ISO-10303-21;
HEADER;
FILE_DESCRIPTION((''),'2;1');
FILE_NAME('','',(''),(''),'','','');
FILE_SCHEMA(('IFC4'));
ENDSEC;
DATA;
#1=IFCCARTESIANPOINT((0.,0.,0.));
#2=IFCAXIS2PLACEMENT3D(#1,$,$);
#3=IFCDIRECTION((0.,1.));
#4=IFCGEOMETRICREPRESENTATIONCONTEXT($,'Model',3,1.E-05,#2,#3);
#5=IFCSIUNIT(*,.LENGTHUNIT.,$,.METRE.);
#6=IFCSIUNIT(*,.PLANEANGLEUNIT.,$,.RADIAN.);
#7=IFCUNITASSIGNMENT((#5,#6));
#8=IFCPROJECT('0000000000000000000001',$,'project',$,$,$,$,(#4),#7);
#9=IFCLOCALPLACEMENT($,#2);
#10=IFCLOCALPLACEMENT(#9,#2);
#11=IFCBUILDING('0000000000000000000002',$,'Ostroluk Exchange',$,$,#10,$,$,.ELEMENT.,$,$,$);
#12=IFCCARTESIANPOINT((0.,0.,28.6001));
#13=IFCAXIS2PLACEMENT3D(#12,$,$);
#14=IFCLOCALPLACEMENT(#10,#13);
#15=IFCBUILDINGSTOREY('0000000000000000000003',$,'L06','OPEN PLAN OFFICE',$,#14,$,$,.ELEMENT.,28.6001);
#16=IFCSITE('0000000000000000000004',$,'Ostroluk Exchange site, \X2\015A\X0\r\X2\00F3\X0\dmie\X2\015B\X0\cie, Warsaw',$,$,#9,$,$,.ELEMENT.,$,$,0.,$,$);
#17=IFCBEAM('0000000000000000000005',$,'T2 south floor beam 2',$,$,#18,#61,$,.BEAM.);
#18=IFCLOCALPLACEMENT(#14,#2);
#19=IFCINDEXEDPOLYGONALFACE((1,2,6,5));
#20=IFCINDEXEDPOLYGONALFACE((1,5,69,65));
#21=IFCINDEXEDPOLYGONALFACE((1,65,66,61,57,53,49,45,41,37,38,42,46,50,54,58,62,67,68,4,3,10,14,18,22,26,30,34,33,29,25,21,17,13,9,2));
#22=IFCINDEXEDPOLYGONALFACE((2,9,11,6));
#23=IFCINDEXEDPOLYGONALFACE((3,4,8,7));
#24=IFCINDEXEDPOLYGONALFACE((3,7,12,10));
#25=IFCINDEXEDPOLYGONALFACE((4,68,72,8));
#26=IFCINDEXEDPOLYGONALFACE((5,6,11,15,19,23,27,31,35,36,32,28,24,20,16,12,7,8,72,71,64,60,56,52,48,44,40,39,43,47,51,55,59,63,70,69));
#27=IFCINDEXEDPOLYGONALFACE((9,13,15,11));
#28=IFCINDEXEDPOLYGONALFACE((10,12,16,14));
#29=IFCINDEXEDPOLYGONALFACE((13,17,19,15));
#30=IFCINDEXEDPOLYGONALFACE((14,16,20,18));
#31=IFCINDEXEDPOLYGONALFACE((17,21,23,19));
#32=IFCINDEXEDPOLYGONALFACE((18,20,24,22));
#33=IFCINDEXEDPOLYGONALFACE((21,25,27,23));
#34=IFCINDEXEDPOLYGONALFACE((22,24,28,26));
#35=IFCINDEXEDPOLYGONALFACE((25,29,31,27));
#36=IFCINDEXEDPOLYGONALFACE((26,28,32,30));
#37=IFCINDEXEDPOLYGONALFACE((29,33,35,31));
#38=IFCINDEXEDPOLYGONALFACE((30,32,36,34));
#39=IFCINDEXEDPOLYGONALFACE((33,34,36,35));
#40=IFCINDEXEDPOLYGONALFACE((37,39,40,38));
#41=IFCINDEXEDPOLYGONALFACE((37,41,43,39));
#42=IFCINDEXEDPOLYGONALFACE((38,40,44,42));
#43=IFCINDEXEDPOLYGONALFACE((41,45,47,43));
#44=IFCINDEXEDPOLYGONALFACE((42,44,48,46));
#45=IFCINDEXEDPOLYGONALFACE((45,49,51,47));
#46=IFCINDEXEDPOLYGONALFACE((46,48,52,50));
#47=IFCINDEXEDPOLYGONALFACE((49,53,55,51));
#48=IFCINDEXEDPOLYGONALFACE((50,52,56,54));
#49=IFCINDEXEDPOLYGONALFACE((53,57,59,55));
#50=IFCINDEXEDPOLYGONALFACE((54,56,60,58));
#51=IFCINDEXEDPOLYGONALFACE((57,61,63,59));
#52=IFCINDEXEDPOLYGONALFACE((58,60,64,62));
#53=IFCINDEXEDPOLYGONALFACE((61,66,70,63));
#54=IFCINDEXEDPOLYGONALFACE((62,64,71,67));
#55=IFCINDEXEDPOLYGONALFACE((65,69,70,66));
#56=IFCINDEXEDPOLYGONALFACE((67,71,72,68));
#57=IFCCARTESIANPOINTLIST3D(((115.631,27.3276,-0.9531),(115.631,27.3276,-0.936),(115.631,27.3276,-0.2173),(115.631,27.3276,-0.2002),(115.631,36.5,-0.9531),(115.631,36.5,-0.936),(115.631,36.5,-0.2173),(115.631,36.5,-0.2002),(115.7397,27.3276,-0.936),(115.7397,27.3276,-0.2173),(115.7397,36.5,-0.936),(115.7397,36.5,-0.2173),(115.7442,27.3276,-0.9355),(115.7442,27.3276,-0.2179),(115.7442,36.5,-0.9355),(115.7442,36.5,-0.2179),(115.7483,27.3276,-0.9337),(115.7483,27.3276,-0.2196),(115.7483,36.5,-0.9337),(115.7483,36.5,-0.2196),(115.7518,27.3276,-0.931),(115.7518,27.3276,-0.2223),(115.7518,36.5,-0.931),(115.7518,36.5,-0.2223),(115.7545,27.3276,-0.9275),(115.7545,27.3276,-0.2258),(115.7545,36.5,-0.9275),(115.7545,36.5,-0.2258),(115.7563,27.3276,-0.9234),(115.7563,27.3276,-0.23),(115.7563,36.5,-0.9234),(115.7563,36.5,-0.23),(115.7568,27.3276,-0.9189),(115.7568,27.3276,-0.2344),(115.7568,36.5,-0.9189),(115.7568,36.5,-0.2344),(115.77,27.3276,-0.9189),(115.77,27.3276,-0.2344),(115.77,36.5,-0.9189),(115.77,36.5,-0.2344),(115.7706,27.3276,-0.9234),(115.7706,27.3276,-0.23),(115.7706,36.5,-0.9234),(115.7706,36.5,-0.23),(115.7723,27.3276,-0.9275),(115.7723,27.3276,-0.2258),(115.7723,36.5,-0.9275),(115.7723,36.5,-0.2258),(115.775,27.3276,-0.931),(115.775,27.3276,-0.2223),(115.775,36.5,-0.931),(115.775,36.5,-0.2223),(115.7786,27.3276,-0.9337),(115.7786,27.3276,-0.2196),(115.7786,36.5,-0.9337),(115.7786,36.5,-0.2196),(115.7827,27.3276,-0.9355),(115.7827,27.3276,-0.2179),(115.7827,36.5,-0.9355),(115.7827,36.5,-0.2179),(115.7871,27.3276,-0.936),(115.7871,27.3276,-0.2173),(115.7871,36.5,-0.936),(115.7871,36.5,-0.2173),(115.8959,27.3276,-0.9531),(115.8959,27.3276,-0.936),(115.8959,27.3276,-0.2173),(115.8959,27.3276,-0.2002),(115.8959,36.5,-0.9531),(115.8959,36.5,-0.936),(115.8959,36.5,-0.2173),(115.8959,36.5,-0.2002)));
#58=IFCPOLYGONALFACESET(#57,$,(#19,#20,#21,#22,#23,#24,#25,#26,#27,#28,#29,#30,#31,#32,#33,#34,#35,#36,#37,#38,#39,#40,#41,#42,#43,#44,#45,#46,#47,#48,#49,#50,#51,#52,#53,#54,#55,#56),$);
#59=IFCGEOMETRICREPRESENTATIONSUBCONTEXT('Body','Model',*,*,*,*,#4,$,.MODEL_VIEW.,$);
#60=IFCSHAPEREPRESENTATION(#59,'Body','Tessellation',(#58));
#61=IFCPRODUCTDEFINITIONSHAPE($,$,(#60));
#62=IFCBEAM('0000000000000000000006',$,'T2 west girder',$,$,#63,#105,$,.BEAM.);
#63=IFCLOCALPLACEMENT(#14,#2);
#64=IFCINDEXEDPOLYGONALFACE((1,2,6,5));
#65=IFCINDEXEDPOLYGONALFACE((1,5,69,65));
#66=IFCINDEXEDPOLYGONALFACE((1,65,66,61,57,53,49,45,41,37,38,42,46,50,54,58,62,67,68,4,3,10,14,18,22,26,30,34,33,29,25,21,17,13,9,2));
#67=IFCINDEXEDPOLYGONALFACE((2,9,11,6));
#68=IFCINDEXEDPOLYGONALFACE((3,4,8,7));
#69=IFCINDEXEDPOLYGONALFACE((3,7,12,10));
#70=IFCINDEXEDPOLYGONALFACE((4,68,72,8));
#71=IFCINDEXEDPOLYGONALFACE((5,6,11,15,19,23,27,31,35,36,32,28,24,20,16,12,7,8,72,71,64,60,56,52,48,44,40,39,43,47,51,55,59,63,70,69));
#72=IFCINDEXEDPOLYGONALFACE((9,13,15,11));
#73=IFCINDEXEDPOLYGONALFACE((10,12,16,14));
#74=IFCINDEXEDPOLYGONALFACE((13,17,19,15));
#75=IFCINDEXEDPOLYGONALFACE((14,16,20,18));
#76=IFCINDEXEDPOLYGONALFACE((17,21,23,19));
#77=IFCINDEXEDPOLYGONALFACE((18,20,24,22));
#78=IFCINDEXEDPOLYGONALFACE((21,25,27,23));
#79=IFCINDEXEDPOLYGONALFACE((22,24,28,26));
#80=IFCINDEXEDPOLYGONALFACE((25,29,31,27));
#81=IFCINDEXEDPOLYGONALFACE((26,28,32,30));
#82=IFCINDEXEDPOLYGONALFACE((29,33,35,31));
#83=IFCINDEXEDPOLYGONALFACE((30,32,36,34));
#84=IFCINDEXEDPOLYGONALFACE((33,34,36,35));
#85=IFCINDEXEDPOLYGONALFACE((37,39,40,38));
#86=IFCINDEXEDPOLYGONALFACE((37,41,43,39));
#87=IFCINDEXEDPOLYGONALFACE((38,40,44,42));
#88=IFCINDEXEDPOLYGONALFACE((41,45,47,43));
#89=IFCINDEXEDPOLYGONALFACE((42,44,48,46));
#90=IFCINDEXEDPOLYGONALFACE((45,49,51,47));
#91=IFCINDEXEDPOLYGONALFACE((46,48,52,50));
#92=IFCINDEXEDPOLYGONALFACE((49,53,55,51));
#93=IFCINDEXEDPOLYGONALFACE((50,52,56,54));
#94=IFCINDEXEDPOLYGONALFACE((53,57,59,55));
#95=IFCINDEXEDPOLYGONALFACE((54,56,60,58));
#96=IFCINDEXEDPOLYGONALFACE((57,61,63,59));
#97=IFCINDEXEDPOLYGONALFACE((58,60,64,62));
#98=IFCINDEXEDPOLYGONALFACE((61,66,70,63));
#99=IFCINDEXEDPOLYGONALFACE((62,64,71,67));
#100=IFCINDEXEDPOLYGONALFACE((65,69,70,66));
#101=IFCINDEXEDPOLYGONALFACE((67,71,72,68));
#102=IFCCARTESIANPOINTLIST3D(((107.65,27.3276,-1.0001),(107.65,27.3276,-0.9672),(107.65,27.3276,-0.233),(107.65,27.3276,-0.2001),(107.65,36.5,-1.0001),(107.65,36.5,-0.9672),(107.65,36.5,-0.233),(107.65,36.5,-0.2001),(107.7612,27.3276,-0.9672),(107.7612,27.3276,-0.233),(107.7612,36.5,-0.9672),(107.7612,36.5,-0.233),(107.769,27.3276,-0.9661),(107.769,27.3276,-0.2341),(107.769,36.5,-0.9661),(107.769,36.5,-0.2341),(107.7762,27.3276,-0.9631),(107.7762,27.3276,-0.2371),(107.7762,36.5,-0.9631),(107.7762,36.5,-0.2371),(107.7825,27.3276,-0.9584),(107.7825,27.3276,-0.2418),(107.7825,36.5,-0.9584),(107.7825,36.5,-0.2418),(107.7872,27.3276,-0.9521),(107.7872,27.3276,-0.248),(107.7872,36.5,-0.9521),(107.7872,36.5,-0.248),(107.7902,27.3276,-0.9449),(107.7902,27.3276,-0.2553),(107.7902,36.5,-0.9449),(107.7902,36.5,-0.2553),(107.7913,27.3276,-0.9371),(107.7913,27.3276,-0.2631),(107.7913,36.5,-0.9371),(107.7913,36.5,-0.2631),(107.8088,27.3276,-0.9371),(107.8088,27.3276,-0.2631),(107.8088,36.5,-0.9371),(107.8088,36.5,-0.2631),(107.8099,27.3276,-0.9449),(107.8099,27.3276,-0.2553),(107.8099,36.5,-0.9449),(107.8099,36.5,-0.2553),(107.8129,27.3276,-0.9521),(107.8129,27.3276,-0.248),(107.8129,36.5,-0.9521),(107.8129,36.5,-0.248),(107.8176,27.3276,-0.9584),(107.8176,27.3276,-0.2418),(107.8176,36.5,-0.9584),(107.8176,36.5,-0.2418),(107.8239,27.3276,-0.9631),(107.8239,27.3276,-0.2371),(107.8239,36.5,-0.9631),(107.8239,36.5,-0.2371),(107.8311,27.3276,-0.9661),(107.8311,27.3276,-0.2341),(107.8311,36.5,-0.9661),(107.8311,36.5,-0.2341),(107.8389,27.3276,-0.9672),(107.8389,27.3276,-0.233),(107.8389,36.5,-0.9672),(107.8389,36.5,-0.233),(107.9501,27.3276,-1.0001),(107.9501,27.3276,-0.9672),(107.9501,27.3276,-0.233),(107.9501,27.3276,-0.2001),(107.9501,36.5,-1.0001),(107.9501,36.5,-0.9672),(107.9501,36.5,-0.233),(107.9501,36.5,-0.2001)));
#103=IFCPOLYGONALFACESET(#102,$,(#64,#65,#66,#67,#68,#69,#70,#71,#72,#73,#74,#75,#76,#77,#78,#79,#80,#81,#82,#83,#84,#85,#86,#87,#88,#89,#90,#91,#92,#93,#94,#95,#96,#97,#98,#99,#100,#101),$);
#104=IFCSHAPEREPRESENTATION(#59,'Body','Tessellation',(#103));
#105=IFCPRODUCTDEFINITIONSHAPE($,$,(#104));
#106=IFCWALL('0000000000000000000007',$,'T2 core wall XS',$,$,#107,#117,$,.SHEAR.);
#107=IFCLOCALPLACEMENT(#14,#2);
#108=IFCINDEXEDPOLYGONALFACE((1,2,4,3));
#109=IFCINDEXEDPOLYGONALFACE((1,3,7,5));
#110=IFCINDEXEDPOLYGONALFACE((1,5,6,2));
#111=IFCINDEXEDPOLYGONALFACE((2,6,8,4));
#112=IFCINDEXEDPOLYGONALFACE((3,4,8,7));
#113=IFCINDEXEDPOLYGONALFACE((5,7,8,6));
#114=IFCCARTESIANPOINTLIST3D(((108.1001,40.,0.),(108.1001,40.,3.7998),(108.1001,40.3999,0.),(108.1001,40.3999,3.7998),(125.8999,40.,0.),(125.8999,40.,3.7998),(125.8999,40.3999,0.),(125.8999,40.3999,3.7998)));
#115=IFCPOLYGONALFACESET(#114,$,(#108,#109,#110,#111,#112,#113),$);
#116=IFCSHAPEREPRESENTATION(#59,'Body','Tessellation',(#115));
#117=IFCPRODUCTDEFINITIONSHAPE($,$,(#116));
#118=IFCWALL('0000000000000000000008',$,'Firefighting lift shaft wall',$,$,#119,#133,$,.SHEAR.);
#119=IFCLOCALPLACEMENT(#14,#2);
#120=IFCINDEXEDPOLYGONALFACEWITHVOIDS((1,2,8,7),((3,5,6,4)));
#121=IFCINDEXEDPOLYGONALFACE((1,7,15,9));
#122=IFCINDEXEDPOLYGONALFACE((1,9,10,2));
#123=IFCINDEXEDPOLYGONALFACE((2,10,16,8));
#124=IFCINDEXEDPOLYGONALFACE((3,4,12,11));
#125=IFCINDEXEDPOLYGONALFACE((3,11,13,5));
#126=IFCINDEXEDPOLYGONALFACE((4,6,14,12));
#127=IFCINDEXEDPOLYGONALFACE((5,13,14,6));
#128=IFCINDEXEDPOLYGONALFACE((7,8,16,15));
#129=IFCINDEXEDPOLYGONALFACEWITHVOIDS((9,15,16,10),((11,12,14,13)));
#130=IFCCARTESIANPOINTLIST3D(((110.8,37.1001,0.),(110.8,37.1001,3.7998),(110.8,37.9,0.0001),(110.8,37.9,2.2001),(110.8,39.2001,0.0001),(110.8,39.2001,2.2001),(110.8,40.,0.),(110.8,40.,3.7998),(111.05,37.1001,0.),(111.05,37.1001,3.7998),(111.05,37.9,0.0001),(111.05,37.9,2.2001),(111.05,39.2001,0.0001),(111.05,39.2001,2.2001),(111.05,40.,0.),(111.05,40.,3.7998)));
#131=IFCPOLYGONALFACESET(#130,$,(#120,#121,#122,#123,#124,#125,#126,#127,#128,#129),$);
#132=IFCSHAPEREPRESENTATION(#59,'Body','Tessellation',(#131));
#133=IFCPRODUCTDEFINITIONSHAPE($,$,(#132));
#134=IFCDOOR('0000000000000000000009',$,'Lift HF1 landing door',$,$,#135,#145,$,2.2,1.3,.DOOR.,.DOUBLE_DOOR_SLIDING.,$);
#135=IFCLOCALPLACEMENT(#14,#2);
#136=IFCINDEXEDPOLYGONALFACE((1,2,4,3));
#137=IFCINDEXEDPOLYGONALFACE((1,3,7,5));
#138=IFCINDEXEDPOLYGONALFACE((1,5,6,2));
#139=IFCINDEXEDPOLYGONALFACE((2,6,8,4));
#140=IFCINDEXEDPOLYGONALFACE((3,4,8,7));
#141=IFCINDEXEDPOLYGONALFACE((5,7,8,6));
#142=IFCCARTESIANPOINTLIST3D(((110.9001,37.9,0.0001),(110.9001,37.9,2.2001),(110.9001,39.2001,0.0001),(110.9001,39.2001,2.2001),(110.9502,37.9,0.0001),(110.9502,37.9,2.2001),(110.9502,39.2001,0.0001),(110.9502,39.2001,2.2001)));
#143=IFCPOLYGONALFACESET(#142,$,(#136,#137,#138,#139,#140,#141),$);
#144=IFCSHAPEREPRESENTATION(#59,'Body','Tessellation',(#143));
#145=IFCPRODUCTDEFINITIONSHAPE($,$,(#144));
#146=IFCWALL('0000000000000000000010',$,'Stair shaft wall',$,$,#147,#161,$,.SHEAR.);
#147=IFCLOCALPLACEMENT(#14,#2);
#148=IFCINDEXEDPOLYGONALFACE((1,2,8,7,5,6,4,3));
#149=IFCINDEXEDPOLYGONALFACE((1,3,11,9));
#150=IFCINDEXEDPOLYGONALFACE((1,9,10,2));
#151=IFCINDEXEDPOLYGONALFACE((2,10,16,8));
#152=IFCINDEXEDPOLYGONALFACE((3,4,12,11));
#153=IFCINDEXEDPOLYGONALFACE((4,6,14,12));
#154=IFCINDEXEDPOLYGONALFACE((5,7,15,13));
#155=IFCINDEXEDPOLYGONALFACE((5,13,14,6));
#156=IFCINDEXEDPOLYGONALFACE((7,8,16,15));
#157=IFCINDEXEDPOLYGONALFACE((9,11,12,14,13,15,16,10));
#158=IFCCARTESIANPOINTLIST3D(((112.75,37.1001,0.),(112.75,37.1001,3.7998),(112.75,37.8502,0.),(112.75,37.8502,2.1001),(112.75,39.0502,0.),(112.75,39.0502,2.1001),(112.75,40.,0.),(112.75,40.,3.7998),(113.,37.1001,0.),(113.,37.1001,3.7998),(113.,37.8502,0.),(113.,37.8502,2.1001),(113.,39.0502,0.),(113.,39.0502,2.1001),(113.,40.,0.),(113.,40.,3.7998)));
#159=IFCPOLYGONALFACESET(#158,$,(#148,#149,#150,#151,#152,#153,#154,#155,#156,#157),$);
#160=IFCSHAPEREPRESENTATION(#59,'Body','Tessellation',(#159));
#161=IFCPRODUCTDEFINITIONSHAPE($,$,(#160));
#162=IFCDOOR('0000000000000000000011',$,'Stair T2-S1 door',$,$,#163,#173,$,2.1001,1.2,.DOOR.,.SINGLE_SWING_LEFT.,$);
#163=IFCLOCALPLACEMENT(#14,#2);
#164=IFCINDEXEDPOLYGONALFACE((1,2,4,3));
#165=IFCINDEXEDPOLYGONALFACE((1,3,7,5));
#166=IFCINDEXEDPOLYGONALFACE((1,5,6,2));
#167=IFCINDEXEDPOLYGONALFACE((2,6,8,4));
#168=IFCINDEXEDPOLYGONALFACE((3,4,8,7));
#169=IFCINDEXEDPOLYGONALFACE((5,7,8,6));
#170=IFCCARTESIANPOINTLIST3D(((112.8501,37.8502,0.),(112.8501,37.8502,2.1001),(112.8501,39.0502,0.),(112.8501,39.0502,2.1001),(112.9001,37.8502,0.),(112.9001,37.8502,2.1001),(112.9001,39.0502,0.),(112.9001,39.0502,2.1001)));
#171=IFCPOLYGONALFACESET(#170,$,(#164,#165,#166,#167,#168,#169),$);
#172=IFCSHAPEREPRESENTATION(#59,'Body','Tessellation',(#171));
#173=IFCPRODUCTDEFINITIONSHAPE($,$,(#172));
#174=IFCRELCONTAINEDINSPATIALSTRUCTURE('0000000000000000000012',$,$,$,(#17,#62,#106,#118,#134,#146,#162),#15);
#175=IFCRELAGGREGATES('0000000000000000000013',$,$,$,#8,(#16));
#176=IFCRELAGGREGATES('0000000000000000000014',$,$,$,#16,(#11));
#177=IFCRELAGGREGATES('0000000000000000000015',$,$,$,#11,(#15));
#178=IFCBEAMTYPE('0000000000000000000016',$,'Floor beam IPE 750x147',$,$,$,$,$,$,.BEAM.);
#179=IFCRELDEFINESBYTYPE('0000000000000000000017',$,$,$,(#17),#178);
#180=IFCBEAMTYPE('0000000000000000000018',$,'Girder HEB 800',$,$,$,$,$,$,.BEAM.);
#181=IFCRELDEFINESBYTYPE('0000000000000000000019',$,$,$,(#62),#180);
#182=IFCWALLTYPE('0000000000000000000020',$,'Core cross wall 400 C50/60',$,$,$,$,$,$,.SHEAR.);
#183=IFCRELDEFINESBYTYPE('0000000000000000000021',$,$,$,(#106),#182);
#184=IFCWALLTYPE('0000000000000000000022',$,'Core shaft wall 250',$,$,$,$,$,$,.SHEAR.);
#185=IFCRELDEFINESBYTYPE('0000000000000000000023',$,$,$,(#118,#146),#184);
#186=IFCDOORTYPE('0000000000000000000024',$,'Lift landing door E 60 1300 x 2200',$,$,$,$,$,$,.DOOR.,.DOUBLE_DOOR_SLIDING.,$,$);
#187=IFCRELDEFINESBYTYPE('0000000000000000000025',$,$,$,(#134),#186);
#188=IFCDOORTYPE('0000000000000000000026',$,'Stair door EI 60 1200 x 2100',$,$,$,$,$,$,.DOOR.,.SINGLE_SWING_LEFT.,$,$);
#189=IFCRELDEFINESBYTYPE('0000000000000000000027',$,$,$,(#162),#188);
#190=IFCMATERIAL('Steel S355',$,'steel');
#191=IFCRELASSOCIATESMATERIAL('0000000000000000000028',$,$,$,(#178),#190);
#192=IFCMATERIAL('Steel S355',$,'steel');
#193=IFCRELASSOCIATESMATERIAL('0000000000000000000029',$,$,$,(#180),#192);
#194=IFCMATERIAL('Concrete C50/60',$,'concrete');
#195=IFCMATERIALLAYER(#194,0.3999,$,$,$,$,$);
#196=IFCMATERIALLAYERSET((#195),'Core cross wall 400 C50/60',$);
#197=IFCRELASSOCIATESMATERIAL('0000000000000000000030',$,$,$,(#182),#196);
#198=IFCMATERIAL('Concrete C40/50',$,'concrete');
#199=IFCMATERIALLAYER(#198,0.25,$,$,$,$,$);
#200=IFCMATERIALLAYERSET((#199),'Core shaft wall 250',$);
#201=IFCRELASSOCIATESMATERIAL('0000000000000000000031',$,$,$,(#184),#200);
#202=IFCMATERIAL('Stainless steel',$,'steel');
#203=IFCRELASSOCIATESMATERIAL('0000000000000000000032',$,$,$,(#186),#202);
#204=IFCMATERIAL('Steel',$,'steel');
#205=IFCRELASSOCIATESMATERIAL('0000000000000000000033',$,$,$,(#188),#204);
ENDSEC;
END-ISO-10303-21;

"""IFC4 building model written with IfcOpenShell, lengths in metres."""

from ifc_helpers import new_model, si_unit, direction, frame, frame_2d, origin, origin_2d, place, context, subcontext, project, spatial, rectangle, i_section, extrude, material, layer, layer_set, material_profile, profile_set, type_object, element, fill, save


model = new_model("IFC4")

# Units and contexts
model_context = context("Model", 3, precision=1e-05, world=origin(), true_north=direction((0.0, 1.0)))
body_context = subcontext(model_context, "Body", "Model", "MODEL_VIEW")
ifc_project = project(units=[si_unit("LENGTHUNIT", "METRE"), si_unit("PLANEANGLEUNIT", "RADIAN")], contexts=[model_context])

# Site, building, storey
site_placement = place(None, origin())
site = spatial("IfcSite", under=ifc_project, at=site_placement, Name="Ostroluk Exchange site, Śródmieście, Warsaw", CompositionType="ELEMENT", RefElevation=0.0)
building_placement = place(site_placement, origin())
building = spatial("IfcBuilding", under=site, at=building_placement, Name="Ostroluk Exchange", CompositionType="ELEMENT")
storey_placement = place(building_placement, frame((0.0, 0.0, 28.6001)))
storey = spatial("IfcBuildingStorey", under=building, at=storey_placement, Name="L06", Description="OPEN PLAN OFFICE", CompositionType="ELEMENT", Elevation=28.6001)

# Beams
ifc_material_1 = material(Name="Steel S355", Category="steel")
ifc_material_profile_1 = material_profile(ifc_material_1, i_section(OverallWidth=0.2649, OverallDepth=0.7529, WebThickness=0.0132, FlangeThickness=0.0171, FilletRadius=0.0171, at=origin_2d()), Name="IPE 750x147")
ifc_profile_set_1 = profile_set([ifc_material_profile_1], Name="Steel S355")
beam_type_1 = type_object("IfcBeamType", Name="Floor beam IPE 750x147", PredefinedType="BEAM", material=ifc_profile_set_1)
for number, where, z_axis, x_axis, name in (
    (1, (115.7634, 36.5, -0.5767), (0.0, -1.0, 0.0), (1.0, 0.0, 0.0), "T2 south floor beam 2"),
):
    element("IfcBeam", number, at=place(storey_placement, frame(where, z_axis=z_axis, x_axis=x_axis)), inside=storey, type_object=beam_type_1, Name=name, PredefinedType="BEAM", context=body_context, shape_type="SweptSolid", body=[
        extrude(i_section(OverallWidth=0.2649, OverallDepth=0.7529, WebThickness=0.0132, FlangeThickness=0.0171, FilletRadius=0.0171, at=origin_2d()), origin(), (0.0, 0.0, 1.0), 9.1724),
    ])
ifc_material_2 = material(Name="Steel S355", Category="steel")
ifc_material_profile_2 = material_profile(ifc_material_2, i_section(OverallWidth=0.3, OverallDepth=0.8, WebThickness=0.0176, FlangeThickness=0.033, FilletRadius=0.03, at=origin_2d()), Name="HEB 800")
ifc_profile_set_2 = profile_set([ifc_material_profile_2], Name="Steel S355")
beam_type_2 = type_object("IfcBeamType", Name="Girder HEB 800", PredefinedType="BEAM", material=ifc_profile_set_2)
beam_1_placement = place(storey_placement, frame((107.8, 36.5, -0.6001), z_axis=(0.0, -1.0, 0.0), x_axis=(1.0, 0.0, 0.0)))
element("IfcBeam", 2, at=beam_1_placement, inside=storey, type_object=beam_type_2, Name="T2 west girder", PredefinedType="BEAM", context=body_context, shape_type="SweptSolid", body=[
    extrude(i_section(OverallWidth=0.3, OverallDepth=0.8, WebThickness=0.0176, FlangeThickness=0.033, FilletRadius=0.03, at=origin_2d()), origin(), (0.0, 0.0, 1.0), 9.1724),
])

# Wall
ifc_material_3 = material(Name="Concrete C50/60", Category="concrete")
ifc_layer_1 = layer(ifc_material_3, 0.3999)
ifc_layer_set_1 = layer_set([ifc_layer_1], Name="Core cross wall 400 C50/60")
wall_type_1 = type_object("IfcWallType", Name="Core cross wall 400 C50/60", PredefinedType="SHEAR", material=ifc_layer_set_1)
wall_1_placement = place(storey_placement, frame((108.1001, 40.2, 0.0), z_axis=(0.0, 0.0, 1.0), x_axis=(1.0, 0.0, 0.0)))
element("IfcWall", 3, at=wall_1_placement, inside=storey, type_object=wall_type_1, Name="T2 core wall XS", PredefinedType="SHEAR", context=body_context, shape_type="SweptSolid", body=[
    extrude(rectangle(XDim=17.7998, YDim=0.3999, at=frame_2d((8.8999, 0.0))), origin(), (0.0, 0.0, 1.0), 3.7998),
])

# Walls, openings, doors
ifc_material_4 = material(Name="Concrete C40/50", Category="concrete")
ifc_layer_2 = layer(ifc_material_4, 0.25)
ifc_layer_set_2 = layer_set([ifc_layer_2], Name="Core shaft wall 250")
wall_type_2 = type_object("IfcWallType", Name="Core shaft wall 250", PredefinedType="SHEAR", material=ifc_layer_set_2)
wall_2_placement = place(storey_placement, frame((110.925, 37.1001, 0.0), z_axis=(0.0, 0.0, 1.0), x_axis=(0.0, 1.0, 0.0)))
wall_2 = element("IfcWall", 4, at=wall_2_placement, inside=storey, type_object=wall_type_2, Name="Firefighting lift shaft wall", PredefinedType="SHEAR", context=body_context, shape_type="SweptSolid", body=[
    extrude(rectangle(XDim=2.8999, YDim=0.25, at=frame_2d((1.45, 0.0))), origin(), (0.0, 0.0, 1.0), 3.7998),
])
opening_1_placement = place(wall_2_placement, frame((0.8, 0.0, 0.0)))
opening_1 = element("IfcOpeningElement", 5, at=opening_1_placement, cuts=wall_2, PredefinedType="OPENING", context=body_context, shape_type="SweptSolid", body=[
    extrude(rectangle(XDim=1.3, YDim=2.2, at=frame_2d((0.6499, 1.1001))), frame((0.0, 0.135, 0.0), z_axis=(0.0, -1.0, 0.0), x_axis=(1.0, 0.0, 0.0)), (0.0, 0.0, 1.0), 0.27),
])
ifc_material_5 = material(Name="Stainless steel", Category="steel")
door_type_1 = type_object("IfcDoorType", Name="Lift landing door E 60 1300 x 2200", OperationType="DOUBLE_DOOR_SLIDING", PredefinedType="DOOR", material=ifc_material_5)
door_1_placement = place(opening_1_placement, origin())
door_1 = element("IfcDoor", 6, at=door_1_placement, inside=storey, type_object=door_type_1, Name="Lift HF1 landing door", OperationType="DOUBLE_DOOR_SLIDING", OverallHeight=2.2, OverallWidth=1.3, PredefinedType="DOOR", context=body_context, shape_type="SweptSolid", body=[
    extrude(rectangle(XDim=1.3, YDim=2.2, at=frame_2d((0.6499, 1.1001))), frame((0.0, 0.0249, 0.0), z_axis=(0.0, -1.0, 0.0), x_axis=(1.0, 0.0, 0.0)), (0.0, 0.0, 1.0), 0.05),
])
fill(opening_1, door_1)
wall_3_placement = place(storey_placement, frame((112.875, 37.1001, 0.0), z_axis=(0.0, 0.0, 1.0), x_axis=(0.0, 1.0, 0.0)))
wall_3 = element("IfcWall", 7, at=wall_3_placement, inside=storey, type_object=wall_type_2, Name="Stair shaft wall", PredefinedType="SHEAR", context=body_context, shape_type="SweptSolid", body=[
    extrude(rectangle(XDim=2.8999, YDim=0.25, at=frame_2d((1.45, 0.0))), origin(), (0.0, 0.0, 1.0), 3.7998),
])
opening_2_placement = place(wall_3_placement, frame((0.75, 0.0, 0.0)))
opening_2 = element("IfcOpeningElement", 8, at=opening_2_placement, cuts=wall_3, PredefinedType="OPENING", context=body_context, shape_type="SweptSolid", body=[
    extrude(rectangle(XDim=1.2, YDim=2.1001, at=frame_2d((0.6001, 1.05))), frame((0.0, 0.135, 0.0), z_axis=(0.0, -1.0, 0.0), x_axis=(1.0, 0.0, 0.0)), (0.0, 0.0, 1.0), 0.27),
])
ifc_material_6 = material(Name="Steel", Category="steel")
door_type_2 = type_object("IfcDoorType", Name="Stair door EI 60 1200 x 2100", OperationType="SINGLE_SWING_LEFT", PredefinedType="DOOR", material=ifc_material_6)
door_2_placement = place(opening_2_placement, origin())
door_2 = element("IfcDoor", 9, at=door_2_placement, inside=storey, type_object=door_type_2, Name="Stair T2-S1 door", OperationType="SINGLE_SWING_LEFT", OverallHeight=2.1001, OverallWidth=1.2, PredefinedType="DOOR", context=body_context, shape_type="SweptSolid", body=[
    extrude(rectangle(XDim=1.2, YDim=2.1001, at=frame_2d((0.6001, 1.05))), frame((0.0, 0.0249, 0.0), z_axis=(0.0, -1.0, 0.0), x_axis=(1.0, 0.0, 0.0)), (0.0, 0.0, 1.0), 0.05),
])
fill(opening_2, door_2)

save(model, "model.ifc")
